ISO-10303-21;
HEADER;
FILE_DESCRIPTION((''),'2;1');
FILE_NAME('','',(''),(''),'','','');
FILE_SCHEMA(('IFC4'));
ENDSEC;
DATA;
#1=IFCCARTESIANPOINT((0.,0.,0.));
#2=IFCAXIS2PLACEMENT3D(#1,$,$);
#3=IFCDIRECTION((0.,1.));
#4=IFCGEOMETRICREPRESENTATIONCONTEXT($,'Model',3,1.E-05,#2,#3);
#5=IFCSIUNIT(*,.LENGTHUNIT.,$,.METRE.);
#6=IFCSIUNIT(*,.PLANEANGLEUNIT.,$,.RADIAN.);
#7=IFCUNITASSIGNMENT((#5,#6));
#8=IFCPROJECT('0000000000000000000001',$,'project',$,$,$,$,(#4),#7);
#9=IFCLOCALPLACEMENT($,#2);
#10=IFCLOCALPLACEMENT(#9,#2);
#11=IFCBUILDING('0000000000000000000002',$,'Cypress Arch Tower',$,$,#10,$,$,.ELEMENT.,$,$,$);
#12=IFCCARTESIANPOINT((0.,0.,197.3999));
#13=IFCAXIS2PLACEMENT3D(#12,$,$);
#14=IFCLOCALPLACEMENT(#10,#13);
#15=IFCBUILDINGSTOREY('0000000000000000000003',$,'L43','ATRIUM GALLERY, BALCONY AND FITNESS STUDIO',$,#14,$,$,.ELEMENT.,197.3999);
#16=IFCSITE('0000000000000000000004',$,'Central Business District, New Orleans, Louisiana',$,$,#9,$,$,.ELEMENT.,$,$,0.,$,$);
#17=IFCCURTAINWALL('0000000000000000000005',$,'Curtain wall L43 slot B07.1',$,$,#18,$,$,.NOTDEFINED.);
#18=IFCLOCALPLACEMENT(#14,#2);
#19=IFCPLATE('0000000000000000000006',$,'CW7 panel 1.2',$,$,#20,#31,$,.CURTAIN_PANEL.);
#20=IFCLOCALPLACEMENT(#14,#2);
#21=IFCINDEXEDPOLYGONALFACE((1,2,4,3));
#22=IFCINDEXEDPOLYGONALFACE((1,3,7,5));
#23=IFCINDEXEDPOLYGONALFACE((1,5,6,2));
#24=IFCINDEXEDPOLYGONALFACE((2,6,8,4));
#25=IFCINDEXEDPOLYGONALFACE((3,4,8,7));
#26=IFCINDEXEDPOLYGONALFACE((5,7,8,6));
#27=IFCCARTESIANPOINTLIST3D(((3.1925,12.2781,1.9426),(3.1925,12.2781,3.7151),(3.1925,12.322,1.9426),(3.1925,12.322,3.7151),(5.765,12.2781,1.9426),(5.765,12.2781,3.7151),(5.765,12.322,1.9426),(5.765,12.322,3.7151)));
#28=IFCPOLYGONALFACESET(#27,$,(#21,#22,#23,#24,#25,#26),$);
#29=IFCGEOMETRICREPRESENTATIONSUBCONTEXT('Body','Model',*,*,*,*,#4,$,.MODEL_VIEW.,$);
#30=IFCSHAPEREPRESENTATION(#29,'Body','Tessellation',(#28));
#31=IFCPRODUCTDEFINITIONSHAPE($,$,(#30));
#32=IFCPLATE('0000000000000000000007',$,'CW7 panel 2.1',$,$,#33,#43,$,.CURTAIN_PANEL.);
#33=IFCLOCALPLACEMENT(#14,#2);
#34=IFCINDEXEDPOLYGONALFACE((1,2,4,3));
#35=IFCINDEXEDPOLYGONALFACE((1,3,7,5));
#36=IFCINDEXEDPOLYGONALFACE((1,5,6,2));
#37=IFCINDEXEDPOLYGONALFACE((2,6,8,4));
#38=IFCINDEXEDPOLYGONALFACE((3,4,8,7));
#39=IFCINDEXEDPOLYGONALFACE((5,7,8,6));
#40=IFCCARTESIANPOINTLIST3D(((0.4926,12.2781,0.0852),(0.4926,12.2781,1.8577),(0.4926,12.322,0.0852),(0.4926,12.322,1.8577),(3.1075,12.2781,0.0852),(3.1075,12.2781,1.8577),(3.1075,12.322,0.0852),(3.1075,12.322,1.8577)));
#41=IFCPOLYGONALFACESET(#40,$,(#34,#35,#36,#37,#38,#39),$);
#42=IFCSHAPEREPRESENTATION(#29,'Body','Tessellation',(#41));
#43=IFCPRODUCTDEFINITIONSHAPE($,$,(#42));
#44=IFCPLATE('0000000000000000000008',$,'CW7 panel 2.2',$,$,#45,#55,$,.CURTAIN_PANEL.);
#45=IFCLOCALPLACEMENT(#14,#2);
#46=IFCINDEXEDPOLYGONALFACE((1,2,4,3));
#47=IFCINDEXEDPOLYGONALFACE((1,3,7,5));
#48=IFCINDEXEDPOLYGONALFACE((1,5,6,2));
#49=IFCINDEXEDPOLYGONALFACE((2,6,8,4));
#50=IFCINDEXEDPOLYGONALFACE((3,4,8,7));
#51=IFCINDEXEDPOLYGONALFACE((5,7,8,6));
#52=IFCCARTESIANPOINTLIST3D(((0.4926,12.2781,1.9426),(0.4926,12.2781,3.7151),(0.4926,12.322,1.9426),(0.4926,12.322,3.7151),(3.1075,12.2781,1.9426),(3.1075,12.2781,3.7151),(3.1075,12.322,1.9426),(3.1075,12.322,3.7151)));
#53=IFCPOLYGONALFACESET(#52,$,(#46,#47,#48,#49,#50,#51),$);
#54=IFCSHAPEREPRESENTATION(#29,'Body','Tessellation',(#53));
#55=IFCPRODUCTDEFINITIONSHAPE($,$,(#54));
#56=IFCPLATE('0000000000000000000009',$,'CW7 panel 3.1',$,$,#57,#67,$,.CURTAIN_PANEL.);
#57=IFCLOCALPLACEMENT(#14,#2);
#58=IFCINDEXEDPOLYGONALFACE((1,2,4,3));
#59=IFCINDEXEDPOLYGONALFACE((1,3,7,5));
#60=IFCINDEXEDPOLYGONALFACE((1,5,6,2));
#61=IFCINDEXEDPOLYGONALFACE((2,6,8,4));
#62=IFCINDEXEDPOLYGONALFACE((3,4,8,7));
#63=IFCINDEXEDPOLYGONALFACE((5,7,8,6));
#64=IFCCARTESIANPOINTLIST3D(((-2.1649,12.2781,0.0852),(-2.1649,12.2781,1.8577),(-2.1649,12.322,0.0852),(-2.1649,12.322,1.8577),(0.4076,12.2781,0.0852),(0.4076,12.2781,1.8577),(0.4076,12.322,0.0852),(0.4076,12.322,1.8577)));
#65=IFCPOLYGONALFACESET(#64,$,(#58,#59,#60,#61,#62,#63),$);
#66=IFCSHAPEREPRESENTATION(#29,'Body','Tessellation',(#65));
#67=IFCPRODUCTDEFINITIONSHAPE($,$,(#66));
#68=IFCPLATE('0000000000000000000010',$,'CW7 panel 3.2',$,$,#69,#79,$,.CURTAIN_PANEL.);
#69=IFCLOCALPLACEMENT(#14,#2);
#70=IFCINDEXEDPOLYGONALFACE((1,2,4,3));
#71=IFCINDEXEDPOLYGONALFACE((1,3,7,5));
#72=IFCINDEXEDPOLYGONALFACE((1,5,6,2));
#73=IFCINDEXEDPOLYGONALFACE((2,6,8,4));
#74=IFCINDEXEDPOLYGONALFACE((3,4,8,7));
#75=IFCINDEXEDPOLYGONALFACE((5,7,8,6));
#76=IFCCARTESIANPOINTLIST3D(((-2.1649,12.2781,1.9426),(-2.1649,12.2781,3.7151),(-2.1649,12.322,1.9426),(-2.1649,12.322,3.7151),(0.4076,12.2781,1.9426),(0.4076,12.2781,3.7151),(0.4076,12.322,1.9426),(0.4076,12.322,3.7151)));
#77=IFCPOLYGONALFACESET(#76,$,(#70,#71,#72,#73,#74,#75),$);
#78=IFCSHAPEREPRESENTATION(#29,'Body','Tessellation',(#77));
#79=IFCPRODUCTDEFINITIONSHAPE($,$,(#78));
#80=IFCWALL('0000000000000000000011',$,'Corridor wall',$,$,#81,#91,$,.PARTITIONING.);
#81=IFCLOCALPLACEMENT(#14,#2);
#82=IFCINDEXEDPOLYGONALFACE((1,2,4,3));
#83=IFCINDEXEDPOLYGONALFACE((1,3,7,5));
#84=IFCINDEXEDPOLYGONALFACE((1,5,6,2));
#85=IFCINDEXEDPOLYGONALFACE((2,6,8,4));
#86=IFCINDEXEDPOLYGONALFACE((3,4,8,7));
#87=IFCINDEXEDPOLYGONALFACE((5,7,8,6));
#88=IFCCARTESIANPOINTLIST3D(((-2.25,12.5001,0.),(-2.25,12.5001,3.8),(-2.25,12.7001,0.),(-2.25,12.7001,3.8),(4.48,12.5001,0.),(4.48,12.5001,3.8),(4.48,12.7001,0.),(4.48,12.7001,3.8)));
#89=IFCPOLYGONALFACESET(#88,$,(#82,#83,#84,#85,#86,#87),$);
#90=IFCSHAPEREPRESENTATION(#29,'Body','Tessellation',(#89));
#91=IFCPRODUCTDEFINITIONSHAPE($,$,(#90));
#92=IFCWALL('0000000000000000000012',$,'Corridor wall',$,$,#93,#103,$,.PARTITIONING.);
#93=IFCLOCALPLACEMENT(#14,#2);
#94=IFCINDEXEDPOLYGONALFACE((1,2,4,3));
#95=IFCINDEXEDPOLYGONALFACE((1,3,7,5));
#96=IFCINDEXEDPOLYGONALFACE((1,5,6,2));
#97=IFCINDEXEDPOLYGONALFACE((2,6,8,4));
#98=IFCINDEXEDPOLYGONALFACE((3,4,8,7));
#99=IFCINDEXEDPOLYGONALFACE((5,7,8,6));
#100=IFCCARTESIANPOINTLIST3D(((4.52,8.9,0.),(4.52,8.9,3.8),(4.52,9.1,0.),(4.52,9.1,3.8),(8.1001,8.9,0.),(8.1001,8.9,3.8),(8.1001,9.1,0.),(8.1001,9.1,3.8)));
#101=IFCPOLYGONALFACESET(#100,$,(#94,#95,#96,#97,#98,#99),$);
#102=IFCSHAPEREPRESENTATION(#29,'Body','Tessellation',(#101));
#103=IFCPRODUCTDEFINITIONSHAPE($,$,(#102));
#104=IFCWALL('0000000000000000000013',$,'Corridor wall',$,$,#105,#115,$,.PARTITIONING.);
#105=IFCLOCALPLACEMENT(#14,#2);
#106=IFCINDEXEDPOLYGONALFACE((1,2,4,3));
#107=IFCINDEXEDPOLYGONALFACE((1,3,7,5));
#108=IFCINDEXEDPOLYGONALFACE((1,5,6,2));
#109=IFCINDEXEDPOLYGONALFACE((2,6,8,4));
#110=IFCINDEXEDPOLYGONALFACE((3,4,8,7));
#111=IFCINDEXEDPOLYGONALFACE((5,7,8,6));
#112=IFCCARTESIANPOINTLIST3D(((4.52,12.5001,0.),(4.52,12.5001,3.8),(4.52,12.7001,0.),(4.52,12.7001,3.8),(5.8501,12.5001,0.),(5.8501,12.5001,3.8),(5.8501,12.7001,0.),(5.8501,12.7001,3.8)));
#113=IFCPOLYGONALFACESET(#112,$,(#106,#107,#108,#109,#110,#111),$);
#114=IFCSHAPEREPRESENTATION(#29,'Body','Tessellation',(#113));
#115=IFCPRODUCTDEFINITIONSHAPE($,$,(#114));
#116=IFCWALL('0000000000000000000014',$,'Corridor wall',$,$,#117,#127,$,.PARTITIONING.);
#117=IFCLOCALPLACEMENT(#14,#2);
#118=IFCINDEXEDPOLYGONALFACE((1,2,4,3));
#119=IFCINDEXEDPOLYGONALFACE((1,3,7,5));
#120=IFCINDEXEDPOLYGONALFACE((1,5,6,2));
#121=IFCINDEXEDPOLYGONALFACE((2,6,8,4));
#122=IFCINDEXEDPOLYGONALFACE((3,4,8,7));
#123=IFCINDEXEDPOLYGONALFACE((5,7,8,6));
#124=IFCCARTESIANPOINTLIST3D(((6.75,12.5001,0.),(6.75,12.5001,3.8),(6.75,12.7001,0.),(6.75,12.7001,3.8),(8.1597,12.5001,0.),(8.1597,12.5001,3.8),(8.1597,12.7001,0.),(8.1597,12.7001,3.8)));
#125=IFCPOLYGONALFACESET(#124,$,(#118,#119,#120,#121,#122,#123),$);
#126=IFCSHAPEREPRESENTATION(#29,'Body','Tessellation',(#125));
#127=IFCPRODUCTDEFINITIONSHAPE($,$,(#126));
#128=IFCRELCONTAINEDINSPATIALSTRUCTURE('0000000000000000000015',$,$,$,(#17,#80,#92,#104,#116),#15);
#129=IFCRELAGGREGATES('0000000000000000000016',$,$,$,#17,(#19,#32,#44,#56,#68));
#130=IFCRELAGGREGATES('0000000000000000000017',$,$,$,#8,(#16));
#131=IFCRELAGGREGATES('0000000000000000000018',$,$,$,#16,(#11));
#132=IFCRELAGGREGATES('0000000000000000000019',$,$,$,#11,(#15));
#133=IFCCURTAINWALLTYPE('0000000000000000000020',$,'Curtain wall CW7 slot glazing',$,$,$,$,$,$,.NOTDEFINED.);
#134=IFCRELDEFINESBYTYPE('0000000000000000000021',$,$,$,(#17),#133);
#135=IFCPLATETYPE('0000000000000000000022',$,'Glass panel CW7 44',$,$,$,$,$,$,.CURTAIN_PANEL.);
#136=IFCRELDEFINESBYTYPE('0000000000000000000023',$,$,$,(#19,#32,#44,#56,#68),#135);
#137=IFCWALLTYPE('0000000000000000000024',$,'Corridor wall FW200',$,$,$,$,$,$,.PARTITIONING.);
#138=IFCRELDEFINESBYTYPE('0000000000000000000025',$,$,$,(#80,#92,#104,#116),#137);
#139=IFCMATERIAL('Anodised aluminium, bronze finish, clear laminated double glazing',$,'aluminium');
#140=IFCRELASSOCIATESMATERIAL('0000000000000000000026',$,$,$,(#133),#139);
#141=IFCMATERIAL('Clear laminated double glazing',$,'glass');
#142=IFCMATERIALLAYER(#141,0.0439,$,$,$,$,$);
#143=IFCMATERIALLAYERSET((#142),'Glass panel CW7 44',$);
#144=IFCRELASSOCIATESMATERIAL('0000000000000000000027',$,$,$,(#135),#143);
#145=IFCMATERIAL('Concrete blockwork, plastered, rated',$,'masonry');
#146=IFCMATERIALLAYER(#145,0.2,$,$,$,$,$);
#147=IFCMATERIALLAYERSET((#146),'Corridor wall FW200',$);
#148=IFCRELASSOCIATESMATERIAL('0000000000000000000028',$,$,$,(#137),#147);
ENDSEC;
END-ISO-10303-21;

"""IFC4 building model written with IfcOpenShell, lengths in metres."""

from ifc_helpers import new_model, si_unit, direction, frame, frame_2d, origin, origin_2d, place, context, subcontext, project, spatial, rectangle, extrude, material, layer, layer_set, type_object, element, aggregate, save


model = new_model("IFC4")

# Units and contexts
model_context = context("Model", 3, precision=1e-05, world=origin(), true_north=direction((0.0, 1.0)))
body_context = subcontext(model_context, "Body", "Model", "MODEL_VIEW")
ifc_project = project(units=[si_unit("LENGTHUNIT", "METRE"), si_unit("PLANEANGLEUNIT", "RADIAN")], contexts=[model_context])

# Site, building, storey
site_placement = place(None, origin())
site = spatial("IfcSite", under=ifc_project, at=site_placement, Name="Central Business District, New Orleans, Louisiana", CompositionType="ELEMENT", RefElevation=0.0)
building_placement = place(site_placement, origin())
building = spatial("IfcBuilding", under=site, at=building_placement, Name="Cypress Arch Tower", CompositionType="ELEMENT")
storey_placement = place(building_placement, frame((0.0, 0.0, 197.3999)))
storey = spatial("IfcBuildingStorey", under=building, at=storey_placement, Name="L43", Description="ATRIUM GALLERY, BALCONY AND FITNESS STUDIO", CompositionType="ELEMENT", Elevation=197.3999)

# Curtain wall
ifc_material_1 = material(Name="Anodised aluminium, bronze finish, clear laminated double glazing", Category="aluminium")
curtain_wall_type = type_object("IfcCurtainWallType", Name="Curtain wall CW7 slot glazing", PredefinedType="NOTDEFINED", material=ifc_material_1)
curtain_wall_1_placement = place(storey_placement, origin())
curtain_wall_1 = element("IfcCurtainWall", 1, at=curtain_wall_1_placement, inside=storey, type_object=curtain_wall_type, Name="Curtain wall L43 slot B07.1", PredefinedType="NOTDEFINED")

# Plates
ifc_material_2 = material(Name="Clear laminated double glazing", Category="glass")
ifc_layer_1 = layer(ifc_material_2, 0.0439)
ifc_layer_set_1 = layer_set([ifc_layer_1], Name="Glass panel CW7 44")
plate_type = type_object("IfcPlateType", Name="Glass panel CW7 44", PredefinedType="CURTAIN_PANEL", material=ifc_layer_set_1)
plate_1_placement = place(storey_placement, frame((4.4788, 12.3, 1.9426), z_axis=(0.0, 0.0, 1.0), x_axis=(-1.0, 0.0, 0.0)))
plate_1 = element("IfcPlate", 2, at=plate_1_placement, type_object=plate_type, Name="CW7 panel 1.2", PredefinedType="CURTAIN_PANEL", context=body_context, shape_type="SweptSolid", body=[
    extrude(rectangle(XDim=2.5725, YDim=0.0439, at=origin_2d()), origin(), (0.0, 0.0, 1.0), 1.7725),
])
plate_2_placement = place(storey_placement, frame((1.8, 12.3, 0.0852), z_axis=(0.0, 0.0, 1.0), x_axis=(-1.0, 0.0, 0.0)))
plate_2 = element("IfcPlate", 3, at=plate_2_placement, type_object=plate_type, Name="CW7 panel 2.1", PredefinedType="CURTAIN_PANEL", context=body_context, shape_type="SweptSolid", body=[
    extrude(rectangle(XDim=2.615, YDim=0.0439, at=origin_2d()), origin(), (0.0, 0.0, 1.0), 1.7725),
])
plate_3_placement = place(storey_placement, frame((1.8, 12.3, 1.9426), z_axis=(0.0, 0.0, 1.0), x_axis=(-1.0, 0.0, 0.0)))
plate_3 = element("IfcPlate", 4, at=plate_3_placement, type_object=plate_type, Name="CW7 panel 2.2", PredefinedType="CURTAIN_PANEL", context=body_context, shape_type="SweptSolid", body=[
    extrude(rectangle(XDim=2.615, YDim=0.0439, at=origin_2d()), origin(), (0.0, 0.0, 1.0), 1.7725),
])
plate_4_placement = place(storey_placement, frame((-0.8787, 12.3, 0.0852), z_axis=(0.0, 0.0, 1.0), x_axis=(-1.0, 0.0, 0.0)))
plate_4 = element("IfcPlate", 5, at=plate_4_placement, type_object=plate_type, Name="CW7 panel 3.1", PredefinedType="CURTAIN_PANEL", context=body_context, shape_type="SweptSolid", body=[
    extrude(rectangle(XDim=2.5725, YDim=0.0439, at=origin_2d()), origin(), (0.0, 0.0, 1.0), 1.7725),
])
plate_5_placement = place(storey_placement, frame((-0.8787, 12.3, 1.9426), z_axis=(0.0, 0.0, 1.0), x_axis=(-1.0, 0.0, 0.0)))
plate_5 = element("IfcPlate", 6, at=plate_5_placement, type_object=plate_type, Name="CW7 panel 3.2", PredefinedType="CURTAIN_PANEL", context=body_context, shape_type="SweptSolid", body=[
    extrude(rectangle(XDim=2.5725, YDim=0.0439, at=origin_2d()), origin(), (0.0, 0.0, 1.0), 1.7725),
])
aggregate(curtain_wall_1, [plate_1, plate_2, plate_3, plate_4, plate_5])

# Walls
ifc_material_3 = material(Name="Concrete blockwork, plastered, rated", Category="masonry")
ifc_layer_2 = layer(ifc_material_3, 0.2)
ifc_layer_set_2 = layer_set([ifc_layer_2], Name="Corridor wall FW200")
wall_type = type_object("IfcWallType", Name="Corridor wall FW200", PredefinedType="PARTITIONING", material=ifc_layer_set_2)
wall_1_placement = place(storey_placement, frame((-2.25, 12.6001, 0.0), z_axis=(0.0, 0.0, 1.0), x_axis=(1.0, 0.0, 0.0)))
element("IfcWall", 7, at=wall_1_placement, inside=storey, type_object=wall_type, Name="Corridor wall", PredefinedType="PARTITIONING", context=body_context, shape_type="SweptSolid", body=[
    extrude(rectangle(XDim=6.73, YDim=0.2, at=frame_2d((3.365, 0.0))), origin(), (0.0, 0.0, 1.0), 3.8),
])
wall_2_placement = place(storey_placement, frame((4.52, 9.0, 0.0), z_axis=(0.0, 0.0, 1.0), x_axis=(1.0, 0.0, 0.0)))
element("IfcWall", 8, at=wall_2_placement, inside=storey, type_object=wall_type, Name="Corridor wall", PredefinedType="PARTITIONING", context=body_context, shape_type="SweptSolid", body=[
    extrude(rectangle(XDim=3.5801, YDim=0.2, at=frame_2d((1.79, 0.0))), origin(), (0.0, 0.0, 1.0), 3.8),
])
wall_3_placement = place(storey_placement, frame((4.52, 12.6001, 0.0), z_axis=(0.0, 0.0, 1.0), x_axis=(1.0, 0.0, 0.0)))
element("IfcWall", 9, at=wall_3_placement, inside=storey, type_object=wall_type, Name="Corridor wall", PredefinedType="PARTITIONING", context=body_context, shape_type="SweptSolid", body=[
    extrude(rectangle(XDim=1.3301, YDim=0.2, at=frame_2d((0.665, 0.0))), origin(), (0.0, 0.0, 1.0), 3.8),
])
wall_4_placement = place(storey_placement, frame((6.75, 12.6001, 0.0), z_axis=(0.0, 0.0, 1.0), x_axis=(1.0, 0.0, 0.0)))
element("IfcWall", 10, at=wall_4_placement, inside=storey, type_object=wall_type, Name="Corridor wall", PredefinedType="PARTITIONING", context=body_context, shape_type="SweptSolid", body=[
    extrude(rectangle(XDim=1.4097, YDim=0.2, at=frame_2d((0.7048, 0.0))), origin(), (0.0, 0.0, 1.0), 3.8),
])

save(model, "model.ifc")
